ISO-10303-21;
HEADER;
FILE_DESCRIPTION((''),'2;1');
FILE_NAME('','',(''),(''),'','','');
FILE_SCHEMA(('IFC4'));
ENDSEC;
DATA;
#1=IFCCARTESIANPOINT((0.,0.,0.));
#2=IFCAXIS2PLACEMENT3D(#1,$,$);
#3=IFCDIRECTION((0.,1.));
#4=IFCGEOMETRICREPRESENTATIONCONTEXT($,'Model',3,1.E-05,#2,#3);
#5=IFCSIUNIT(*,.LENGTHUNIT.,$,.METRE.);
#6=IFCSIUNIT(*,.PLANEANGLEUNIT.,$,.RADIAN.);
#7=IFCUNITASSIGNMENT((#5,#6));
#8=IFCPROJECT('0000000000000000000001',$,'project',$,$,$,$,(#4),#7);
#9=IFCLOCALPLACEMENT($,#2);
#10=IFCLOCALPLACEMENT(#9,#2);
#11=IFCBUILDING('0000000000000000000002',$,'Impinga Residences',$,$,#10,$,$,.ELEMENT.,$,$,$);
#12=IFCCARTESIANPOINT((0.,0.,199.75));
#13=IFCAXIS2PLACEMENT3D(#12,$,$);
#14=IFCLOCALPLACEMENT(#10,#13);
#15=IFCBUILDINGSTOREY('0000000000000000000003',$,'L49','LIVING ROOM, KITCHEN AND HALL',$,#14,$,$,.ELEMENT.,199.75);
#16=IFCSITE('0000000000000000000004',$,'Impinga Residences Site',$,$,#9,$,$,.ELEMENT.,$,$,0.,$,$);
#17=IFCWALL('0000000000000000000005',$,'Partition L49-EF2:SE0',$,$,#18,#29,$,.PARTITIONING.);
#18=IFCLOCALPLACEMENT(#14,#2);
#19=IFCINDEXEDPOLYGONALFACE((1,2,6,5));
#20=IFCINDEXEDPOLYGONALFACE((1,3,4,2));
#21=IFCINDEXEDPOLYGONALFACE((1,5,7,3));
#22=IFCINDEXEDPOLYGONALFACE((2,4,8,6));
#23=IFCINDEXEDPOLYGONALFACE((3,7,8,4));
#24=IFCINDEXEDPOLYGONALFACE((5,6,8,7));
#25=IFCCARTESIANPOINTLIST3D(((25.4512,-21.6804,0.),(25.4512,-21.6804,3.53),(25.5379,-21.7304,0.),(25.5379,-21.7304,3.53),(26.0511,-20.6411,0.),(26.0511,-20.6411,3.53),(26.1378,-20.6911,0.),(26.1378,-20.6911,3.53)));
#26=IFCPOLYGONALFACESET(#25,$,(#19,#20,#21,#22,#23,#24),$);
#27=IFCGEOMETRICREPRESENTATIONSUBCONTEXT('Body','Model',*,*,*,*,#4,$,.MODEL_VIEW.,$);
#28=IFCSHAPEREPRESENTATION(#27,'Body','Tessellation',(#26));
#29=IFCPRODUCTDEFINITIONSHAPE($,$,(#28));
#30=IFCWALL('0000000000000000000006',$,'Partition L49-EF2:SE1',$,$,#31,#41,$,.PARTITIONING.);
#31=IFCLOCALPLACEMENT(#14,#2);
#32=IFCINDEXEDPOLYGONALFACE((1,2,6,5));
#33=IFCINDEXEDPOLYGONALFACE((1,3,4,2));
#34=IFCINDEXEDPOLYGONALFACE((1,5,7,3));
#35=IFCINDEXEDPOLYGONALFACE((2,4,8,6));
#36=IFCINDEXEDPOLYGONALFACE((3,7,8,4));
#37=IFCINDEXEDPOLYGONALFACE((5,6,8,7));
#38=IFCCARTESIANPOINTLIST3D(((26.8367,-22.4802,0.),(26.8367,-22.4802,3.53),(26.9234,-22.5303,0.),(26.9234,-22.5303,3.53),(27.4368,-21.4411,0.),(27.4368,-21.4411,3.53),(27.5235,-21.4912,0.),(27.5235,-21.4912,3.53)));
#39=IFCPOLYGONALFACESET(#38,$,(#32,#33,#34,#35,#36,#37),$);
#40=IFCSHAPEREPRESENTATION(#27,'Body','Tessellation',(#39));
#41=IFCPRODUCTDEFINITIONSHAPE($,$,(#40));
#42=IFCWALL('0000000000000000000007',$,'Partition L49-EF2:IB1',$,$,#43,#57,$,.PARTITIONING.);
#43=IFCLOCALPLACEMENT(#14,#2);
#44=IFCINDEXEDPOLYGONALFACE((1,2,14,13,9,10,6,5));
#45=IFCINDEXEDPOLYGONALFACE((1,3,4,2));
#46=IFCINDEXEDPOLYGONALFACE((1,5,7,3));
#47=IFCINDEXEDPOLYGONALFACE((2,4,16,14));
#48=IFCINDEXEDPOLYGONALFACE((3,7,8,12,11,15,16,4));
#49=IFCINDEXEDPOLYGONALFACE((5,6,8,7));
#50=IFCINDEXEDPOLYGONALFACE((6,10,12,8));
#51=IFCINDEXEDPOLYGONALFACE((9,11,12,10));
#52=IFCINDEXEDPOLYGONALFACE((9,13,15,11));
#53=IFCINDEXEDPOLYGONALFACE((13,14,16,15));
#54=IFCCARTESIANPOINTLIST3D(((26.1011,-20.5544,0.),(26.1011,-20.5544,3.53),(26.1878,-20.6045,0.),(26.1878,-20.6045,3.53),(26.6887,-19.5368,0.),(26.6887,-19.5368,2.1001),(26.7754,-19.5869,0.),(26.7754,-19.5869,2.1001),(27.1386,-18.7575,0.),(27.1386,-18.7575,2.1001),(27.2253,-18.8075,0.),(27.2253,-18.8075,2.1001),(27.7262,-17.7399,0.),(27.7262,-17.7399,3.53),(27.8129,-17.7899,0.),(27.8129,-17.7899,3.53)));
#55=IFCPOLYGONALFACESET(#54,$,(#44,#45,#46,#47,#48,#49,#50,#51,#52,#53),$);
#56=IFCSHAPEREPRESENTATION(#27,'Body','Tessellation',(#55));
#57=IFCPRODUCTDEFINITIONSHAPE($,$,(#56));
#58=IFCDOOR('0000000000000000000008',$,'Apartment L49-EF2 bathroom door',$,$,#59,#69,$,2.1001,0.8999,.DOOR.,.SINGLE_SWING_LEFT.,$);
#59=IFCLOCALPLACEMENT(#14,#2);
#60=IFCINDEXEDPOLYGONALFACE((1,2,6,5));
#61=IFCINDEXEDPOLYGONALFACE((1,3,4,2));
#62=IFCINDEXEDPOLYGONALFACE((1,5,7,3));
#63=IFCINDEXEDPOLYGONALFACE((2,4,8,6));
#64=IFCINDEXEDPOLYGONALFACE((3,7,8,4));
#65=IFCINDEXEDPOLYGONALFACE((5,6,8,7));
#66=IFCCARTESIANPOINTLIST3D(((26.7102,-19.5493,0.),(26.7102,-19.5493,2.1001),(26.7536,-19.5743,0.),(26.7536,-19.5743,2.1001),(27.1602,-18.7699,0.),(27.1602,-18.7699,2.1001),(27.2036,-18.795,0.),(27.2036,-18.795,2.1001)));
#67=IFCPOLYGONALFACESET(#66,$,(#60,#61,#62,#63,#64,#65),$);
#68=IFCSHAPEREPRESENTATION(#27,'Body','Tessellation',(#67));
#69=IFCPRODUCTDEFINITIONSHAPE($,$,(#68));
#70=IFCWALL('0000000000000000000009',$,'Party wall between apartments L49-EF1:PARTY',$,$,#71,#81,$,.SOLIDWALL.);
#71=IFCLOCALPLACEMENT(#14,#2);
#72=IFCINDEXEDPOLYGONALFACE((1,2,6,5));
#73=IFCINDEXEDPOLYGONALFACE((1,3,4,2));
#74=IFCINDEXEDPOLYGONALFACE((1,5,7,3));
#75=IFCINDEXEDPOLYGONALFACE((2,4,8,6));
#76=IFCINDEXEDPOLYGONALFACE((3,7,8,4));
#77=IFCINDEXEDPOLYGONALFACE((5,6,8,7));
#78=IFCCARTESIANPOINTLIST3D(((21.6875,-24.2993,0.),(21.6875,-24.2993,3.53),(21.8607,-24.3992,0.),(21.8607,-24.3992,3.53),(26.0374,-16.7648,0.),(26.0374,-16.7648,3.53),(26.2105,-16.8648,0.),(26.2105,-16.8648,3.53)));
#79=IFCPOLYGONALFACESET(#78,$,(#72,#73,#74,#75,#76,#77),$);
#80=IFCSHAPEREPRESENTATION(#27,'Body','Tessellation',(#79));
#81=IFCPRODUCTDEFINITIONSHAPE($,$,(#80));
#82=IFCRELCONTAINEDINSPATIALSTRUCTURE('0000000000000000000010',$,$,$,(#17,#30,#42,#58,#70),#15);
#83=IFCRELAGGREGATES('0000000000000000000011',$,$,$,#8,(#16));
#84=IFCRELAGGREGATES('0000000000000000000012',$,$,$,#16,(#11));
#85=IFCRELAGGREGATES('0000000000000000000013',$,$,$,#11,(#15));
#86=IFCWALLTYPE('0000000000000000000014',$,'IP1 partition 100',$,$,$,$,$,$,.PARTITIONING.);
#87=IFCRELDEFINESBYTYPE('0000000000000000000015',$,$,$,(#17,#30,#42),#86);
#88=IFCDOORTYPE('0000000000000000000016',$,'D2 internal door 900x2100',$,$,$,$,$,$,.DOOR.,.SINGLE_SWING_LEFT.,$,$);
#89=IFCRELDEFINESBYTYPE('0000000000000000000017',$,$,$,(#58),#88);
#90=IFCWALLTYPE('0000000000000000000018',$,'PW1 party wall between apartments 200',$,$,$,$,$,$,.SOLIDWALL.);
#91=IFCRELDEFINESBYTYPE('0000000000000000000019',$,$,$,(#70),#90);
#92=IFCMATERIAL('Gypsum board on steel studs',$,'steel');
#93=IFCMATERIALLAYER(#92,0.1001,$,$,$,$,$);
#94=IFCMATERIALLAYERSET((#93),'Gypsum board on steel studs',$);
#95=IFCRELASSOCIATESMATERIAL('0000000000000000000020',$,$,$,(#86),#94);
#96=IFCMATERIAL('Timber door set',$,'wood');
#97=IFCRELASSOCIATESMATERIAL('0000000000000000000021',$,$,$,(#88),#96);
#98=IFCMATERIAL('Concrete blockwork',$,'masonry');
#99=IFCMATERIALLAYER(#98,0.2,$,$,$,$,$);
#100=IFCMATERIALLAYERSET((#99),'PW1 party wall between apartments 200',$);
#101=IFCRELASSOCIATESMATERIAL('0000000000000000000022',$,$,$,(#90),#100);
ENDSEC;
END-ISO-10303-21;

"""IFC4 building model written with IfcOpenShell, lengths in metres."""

from ifc_helpers import new_model, si_unit, direction, frame, frame_2d, origin, place, context, subcontext, project, spatial, rectangle, extrude, material, layer, layer_set, type_object, element, fill, save


model = new_model("IFC4")

# Units and contexts
model_context = context("Model", 3, precision=1e-05, world=origin(), true_north=direction((0.0, 1.0)))
body_context = subcontext(model_context, "Body", "Model", "MODEL_VIEW")
ifc_project = project(units=[si_unit("LENGTHUNIT", "METRE"), si_unit("PLANEANGLEUNIT", "RADIAN")], contexts=[model_context])

# Site, building, storey
site_placement = place(None, origin())
site = spatial("IfcSite", under=ifc_project, at=site_placement, Name="Impinga Residences Site", CompositionType="ELEMENT", RefElevation=0.0)
building_placement = place(site_placement, origin())
building = spatial("IfcBuilding", under=site, at=building_placement, Name="Impinga Residences", CompositionType="ELEMENT")
storey_placement = place(building_placement, frame((0.0, 0.0, 199.75)))
storey = spatial("IfcBuildingStorey", under=building, at=storey_placement, Name="L49", Description="LIVING ROOM, KITCHEN AND HALL", CompositionType="ELEMENT", Elevation=199.75)

# Shared definitions
ifc_material_1 = material(Name="Concrete blockwork", Category="masonry")
ifc_material_2 = material(Name="Timber door set", Category="wood")

# Shared definitions
ifc_material_3 = material(Name="Gypsum board on steel studs", Category="steel")
ifc_layer_1 = layer(ifc_material_3, 0.1001)
ifc_layer_set_1 = layer_set([ifc_layer_1], Name="Gypsum board on steel studs")
wall_type_1 = type_object("IfcWallType", Name="IP1 partition 100", PredefinedType="PARTITIONING", material=ifc_layer_set_1)

# Shared definitions
door_type_1 = type_object("IfcDoorType", Name="D2 internal door 900x2100", OperationType="SINGLE_SWING_LEFT", PredefinedType="DOOR", material=ifc_material_2)

# Walls
for number, where, z_axis, x_axis, name in (
    (1, (26.0945, -20.666, 0.0), (0.0, 0.0, 1.0), (-0.499881, -0.866094, 0.0), "Partition L49-EF2:SE0"),
    (2, (27.4802, -21.4661, 0.0), (0.0, 0.0, 1.0), (-0.500122, -0.865955, 0.0), "Partition L49-EF2:SE1"),
):
    element("IfcWall", number, at=place(storey_placement, frame(where, z_axis=z_axis, x_axis=x_axis)), inside=storey, type_object=wall_type_1, Name=name, PredefinedType="PARTITIONING", context=body_context, shape_type="SweptSolid", body=[
        extrude(rectangle(XDim=1.2, YDim=0.1001, at=frame_2d((0.6001, 0.0))), origin(), (0.0, 0.0, 1.0), 3.53),
    ])

# Wall, opening, door
wall_1_placement = place(storey_placement, frame((27.7695, -17.7649, 0.0), z_axis=(0.0, 0.0, 1.0), x_axis=(-0.500017, -0.866015, 0.0)))
wall_1 = element("IfcWall", 3, at=wall_1_placement, inside=storey, type_object=wall_type_1, Name="Partition L49-EF2:IB1", PredefinedType="PARTITIONING", context=body_context, shape_type="SweptSolid", body=[
    extrude(rectangle(XDim=3.25, YDim=0.1001, at=frame_2d((1.625, 0.0))), origin(), (0.0, 0.0, 1.0), 3.53),
])
opening_1_placement = place(wall_1_placement, frame((1.175, 0.0, 0.0)))
opening_1 = element("IfcOpeningElement", 4, at=opening_1_placement, cuts=wall_1, PredefinedType="OPENING", context=body_context, shape_type="SweptSolid", body=[
    extrude(rectangle(XDim=0.8999, YDim=2.1001, at=frame_2d((0.45, 1.05))), frame((0.0, 0.0601, 0.0), z_axis=(0.0, -1.0, 0.0), x_axis=(1.0, 0.0, 0.0)), (0.0, 0.0, 1.0), 0.1201),
])
door_1_placement = place(opening_1_placement, origin())
door_1 = element("IfcDoor", 5, at=door_1_placement, inside=storey, type_object=door_type_1, Name="Apartment L49-EF2 bathroom door", OperationType="SINGLE_SWING_LEFT", OverallHeight=2.1001, OverallWidth=0.8999, PredefinedType="DOOR", context=body_context, shape_type="SweptSolid", body=[
    extrude(rectangle(XDim=0.8999, YDim=2.1001, at=frame_2d((0.45, 1.05))), frame((0.0, 0.0249, 0.0), z_axis=(0.0, -1.0, 0.0), x_axis=(1.0, 0.0, 0.0)), (0.0, 0.0, 1.0), 0.05),
])
fill(opening_1, door_1)

# Wall
ifc_layer_2 = layer(ifc_material_1, 0.2)
ifc_layer_set_2 = layer_set([ifc_layer_2], Name="PW1 party wall between apartments 200")
wall_type_2 = type_object("IfcWallType", Name="PW1 party wall between apartments 200", PredefinedType="SOLIDWALL", material=ifc_layer_set_2)
wall_2_placement = place(storey_placement, frame((26.124, -16.8147, 0.0), z_axis=(0.0, 0.0, 1.0), x_axis=(-0.499987, -0.866033, 0.0)))
element("IfcWall", 6, at=wall_2_placement, inside=storey, type_object=wall_type_2, Name="Party wall between apartments L49-EF1:PARTY", PredefinedType="SOLIDWALL", context=body_context, shape_type="SweptSolid", body=[
    extrude(rectangle(XDim=8.7, YDim=0.2, at=frame_2d((4.3501, 0.0))), origin(), (0.0, 0.0, 1.0), 3.53),
])

save(model, "model.ifc")
